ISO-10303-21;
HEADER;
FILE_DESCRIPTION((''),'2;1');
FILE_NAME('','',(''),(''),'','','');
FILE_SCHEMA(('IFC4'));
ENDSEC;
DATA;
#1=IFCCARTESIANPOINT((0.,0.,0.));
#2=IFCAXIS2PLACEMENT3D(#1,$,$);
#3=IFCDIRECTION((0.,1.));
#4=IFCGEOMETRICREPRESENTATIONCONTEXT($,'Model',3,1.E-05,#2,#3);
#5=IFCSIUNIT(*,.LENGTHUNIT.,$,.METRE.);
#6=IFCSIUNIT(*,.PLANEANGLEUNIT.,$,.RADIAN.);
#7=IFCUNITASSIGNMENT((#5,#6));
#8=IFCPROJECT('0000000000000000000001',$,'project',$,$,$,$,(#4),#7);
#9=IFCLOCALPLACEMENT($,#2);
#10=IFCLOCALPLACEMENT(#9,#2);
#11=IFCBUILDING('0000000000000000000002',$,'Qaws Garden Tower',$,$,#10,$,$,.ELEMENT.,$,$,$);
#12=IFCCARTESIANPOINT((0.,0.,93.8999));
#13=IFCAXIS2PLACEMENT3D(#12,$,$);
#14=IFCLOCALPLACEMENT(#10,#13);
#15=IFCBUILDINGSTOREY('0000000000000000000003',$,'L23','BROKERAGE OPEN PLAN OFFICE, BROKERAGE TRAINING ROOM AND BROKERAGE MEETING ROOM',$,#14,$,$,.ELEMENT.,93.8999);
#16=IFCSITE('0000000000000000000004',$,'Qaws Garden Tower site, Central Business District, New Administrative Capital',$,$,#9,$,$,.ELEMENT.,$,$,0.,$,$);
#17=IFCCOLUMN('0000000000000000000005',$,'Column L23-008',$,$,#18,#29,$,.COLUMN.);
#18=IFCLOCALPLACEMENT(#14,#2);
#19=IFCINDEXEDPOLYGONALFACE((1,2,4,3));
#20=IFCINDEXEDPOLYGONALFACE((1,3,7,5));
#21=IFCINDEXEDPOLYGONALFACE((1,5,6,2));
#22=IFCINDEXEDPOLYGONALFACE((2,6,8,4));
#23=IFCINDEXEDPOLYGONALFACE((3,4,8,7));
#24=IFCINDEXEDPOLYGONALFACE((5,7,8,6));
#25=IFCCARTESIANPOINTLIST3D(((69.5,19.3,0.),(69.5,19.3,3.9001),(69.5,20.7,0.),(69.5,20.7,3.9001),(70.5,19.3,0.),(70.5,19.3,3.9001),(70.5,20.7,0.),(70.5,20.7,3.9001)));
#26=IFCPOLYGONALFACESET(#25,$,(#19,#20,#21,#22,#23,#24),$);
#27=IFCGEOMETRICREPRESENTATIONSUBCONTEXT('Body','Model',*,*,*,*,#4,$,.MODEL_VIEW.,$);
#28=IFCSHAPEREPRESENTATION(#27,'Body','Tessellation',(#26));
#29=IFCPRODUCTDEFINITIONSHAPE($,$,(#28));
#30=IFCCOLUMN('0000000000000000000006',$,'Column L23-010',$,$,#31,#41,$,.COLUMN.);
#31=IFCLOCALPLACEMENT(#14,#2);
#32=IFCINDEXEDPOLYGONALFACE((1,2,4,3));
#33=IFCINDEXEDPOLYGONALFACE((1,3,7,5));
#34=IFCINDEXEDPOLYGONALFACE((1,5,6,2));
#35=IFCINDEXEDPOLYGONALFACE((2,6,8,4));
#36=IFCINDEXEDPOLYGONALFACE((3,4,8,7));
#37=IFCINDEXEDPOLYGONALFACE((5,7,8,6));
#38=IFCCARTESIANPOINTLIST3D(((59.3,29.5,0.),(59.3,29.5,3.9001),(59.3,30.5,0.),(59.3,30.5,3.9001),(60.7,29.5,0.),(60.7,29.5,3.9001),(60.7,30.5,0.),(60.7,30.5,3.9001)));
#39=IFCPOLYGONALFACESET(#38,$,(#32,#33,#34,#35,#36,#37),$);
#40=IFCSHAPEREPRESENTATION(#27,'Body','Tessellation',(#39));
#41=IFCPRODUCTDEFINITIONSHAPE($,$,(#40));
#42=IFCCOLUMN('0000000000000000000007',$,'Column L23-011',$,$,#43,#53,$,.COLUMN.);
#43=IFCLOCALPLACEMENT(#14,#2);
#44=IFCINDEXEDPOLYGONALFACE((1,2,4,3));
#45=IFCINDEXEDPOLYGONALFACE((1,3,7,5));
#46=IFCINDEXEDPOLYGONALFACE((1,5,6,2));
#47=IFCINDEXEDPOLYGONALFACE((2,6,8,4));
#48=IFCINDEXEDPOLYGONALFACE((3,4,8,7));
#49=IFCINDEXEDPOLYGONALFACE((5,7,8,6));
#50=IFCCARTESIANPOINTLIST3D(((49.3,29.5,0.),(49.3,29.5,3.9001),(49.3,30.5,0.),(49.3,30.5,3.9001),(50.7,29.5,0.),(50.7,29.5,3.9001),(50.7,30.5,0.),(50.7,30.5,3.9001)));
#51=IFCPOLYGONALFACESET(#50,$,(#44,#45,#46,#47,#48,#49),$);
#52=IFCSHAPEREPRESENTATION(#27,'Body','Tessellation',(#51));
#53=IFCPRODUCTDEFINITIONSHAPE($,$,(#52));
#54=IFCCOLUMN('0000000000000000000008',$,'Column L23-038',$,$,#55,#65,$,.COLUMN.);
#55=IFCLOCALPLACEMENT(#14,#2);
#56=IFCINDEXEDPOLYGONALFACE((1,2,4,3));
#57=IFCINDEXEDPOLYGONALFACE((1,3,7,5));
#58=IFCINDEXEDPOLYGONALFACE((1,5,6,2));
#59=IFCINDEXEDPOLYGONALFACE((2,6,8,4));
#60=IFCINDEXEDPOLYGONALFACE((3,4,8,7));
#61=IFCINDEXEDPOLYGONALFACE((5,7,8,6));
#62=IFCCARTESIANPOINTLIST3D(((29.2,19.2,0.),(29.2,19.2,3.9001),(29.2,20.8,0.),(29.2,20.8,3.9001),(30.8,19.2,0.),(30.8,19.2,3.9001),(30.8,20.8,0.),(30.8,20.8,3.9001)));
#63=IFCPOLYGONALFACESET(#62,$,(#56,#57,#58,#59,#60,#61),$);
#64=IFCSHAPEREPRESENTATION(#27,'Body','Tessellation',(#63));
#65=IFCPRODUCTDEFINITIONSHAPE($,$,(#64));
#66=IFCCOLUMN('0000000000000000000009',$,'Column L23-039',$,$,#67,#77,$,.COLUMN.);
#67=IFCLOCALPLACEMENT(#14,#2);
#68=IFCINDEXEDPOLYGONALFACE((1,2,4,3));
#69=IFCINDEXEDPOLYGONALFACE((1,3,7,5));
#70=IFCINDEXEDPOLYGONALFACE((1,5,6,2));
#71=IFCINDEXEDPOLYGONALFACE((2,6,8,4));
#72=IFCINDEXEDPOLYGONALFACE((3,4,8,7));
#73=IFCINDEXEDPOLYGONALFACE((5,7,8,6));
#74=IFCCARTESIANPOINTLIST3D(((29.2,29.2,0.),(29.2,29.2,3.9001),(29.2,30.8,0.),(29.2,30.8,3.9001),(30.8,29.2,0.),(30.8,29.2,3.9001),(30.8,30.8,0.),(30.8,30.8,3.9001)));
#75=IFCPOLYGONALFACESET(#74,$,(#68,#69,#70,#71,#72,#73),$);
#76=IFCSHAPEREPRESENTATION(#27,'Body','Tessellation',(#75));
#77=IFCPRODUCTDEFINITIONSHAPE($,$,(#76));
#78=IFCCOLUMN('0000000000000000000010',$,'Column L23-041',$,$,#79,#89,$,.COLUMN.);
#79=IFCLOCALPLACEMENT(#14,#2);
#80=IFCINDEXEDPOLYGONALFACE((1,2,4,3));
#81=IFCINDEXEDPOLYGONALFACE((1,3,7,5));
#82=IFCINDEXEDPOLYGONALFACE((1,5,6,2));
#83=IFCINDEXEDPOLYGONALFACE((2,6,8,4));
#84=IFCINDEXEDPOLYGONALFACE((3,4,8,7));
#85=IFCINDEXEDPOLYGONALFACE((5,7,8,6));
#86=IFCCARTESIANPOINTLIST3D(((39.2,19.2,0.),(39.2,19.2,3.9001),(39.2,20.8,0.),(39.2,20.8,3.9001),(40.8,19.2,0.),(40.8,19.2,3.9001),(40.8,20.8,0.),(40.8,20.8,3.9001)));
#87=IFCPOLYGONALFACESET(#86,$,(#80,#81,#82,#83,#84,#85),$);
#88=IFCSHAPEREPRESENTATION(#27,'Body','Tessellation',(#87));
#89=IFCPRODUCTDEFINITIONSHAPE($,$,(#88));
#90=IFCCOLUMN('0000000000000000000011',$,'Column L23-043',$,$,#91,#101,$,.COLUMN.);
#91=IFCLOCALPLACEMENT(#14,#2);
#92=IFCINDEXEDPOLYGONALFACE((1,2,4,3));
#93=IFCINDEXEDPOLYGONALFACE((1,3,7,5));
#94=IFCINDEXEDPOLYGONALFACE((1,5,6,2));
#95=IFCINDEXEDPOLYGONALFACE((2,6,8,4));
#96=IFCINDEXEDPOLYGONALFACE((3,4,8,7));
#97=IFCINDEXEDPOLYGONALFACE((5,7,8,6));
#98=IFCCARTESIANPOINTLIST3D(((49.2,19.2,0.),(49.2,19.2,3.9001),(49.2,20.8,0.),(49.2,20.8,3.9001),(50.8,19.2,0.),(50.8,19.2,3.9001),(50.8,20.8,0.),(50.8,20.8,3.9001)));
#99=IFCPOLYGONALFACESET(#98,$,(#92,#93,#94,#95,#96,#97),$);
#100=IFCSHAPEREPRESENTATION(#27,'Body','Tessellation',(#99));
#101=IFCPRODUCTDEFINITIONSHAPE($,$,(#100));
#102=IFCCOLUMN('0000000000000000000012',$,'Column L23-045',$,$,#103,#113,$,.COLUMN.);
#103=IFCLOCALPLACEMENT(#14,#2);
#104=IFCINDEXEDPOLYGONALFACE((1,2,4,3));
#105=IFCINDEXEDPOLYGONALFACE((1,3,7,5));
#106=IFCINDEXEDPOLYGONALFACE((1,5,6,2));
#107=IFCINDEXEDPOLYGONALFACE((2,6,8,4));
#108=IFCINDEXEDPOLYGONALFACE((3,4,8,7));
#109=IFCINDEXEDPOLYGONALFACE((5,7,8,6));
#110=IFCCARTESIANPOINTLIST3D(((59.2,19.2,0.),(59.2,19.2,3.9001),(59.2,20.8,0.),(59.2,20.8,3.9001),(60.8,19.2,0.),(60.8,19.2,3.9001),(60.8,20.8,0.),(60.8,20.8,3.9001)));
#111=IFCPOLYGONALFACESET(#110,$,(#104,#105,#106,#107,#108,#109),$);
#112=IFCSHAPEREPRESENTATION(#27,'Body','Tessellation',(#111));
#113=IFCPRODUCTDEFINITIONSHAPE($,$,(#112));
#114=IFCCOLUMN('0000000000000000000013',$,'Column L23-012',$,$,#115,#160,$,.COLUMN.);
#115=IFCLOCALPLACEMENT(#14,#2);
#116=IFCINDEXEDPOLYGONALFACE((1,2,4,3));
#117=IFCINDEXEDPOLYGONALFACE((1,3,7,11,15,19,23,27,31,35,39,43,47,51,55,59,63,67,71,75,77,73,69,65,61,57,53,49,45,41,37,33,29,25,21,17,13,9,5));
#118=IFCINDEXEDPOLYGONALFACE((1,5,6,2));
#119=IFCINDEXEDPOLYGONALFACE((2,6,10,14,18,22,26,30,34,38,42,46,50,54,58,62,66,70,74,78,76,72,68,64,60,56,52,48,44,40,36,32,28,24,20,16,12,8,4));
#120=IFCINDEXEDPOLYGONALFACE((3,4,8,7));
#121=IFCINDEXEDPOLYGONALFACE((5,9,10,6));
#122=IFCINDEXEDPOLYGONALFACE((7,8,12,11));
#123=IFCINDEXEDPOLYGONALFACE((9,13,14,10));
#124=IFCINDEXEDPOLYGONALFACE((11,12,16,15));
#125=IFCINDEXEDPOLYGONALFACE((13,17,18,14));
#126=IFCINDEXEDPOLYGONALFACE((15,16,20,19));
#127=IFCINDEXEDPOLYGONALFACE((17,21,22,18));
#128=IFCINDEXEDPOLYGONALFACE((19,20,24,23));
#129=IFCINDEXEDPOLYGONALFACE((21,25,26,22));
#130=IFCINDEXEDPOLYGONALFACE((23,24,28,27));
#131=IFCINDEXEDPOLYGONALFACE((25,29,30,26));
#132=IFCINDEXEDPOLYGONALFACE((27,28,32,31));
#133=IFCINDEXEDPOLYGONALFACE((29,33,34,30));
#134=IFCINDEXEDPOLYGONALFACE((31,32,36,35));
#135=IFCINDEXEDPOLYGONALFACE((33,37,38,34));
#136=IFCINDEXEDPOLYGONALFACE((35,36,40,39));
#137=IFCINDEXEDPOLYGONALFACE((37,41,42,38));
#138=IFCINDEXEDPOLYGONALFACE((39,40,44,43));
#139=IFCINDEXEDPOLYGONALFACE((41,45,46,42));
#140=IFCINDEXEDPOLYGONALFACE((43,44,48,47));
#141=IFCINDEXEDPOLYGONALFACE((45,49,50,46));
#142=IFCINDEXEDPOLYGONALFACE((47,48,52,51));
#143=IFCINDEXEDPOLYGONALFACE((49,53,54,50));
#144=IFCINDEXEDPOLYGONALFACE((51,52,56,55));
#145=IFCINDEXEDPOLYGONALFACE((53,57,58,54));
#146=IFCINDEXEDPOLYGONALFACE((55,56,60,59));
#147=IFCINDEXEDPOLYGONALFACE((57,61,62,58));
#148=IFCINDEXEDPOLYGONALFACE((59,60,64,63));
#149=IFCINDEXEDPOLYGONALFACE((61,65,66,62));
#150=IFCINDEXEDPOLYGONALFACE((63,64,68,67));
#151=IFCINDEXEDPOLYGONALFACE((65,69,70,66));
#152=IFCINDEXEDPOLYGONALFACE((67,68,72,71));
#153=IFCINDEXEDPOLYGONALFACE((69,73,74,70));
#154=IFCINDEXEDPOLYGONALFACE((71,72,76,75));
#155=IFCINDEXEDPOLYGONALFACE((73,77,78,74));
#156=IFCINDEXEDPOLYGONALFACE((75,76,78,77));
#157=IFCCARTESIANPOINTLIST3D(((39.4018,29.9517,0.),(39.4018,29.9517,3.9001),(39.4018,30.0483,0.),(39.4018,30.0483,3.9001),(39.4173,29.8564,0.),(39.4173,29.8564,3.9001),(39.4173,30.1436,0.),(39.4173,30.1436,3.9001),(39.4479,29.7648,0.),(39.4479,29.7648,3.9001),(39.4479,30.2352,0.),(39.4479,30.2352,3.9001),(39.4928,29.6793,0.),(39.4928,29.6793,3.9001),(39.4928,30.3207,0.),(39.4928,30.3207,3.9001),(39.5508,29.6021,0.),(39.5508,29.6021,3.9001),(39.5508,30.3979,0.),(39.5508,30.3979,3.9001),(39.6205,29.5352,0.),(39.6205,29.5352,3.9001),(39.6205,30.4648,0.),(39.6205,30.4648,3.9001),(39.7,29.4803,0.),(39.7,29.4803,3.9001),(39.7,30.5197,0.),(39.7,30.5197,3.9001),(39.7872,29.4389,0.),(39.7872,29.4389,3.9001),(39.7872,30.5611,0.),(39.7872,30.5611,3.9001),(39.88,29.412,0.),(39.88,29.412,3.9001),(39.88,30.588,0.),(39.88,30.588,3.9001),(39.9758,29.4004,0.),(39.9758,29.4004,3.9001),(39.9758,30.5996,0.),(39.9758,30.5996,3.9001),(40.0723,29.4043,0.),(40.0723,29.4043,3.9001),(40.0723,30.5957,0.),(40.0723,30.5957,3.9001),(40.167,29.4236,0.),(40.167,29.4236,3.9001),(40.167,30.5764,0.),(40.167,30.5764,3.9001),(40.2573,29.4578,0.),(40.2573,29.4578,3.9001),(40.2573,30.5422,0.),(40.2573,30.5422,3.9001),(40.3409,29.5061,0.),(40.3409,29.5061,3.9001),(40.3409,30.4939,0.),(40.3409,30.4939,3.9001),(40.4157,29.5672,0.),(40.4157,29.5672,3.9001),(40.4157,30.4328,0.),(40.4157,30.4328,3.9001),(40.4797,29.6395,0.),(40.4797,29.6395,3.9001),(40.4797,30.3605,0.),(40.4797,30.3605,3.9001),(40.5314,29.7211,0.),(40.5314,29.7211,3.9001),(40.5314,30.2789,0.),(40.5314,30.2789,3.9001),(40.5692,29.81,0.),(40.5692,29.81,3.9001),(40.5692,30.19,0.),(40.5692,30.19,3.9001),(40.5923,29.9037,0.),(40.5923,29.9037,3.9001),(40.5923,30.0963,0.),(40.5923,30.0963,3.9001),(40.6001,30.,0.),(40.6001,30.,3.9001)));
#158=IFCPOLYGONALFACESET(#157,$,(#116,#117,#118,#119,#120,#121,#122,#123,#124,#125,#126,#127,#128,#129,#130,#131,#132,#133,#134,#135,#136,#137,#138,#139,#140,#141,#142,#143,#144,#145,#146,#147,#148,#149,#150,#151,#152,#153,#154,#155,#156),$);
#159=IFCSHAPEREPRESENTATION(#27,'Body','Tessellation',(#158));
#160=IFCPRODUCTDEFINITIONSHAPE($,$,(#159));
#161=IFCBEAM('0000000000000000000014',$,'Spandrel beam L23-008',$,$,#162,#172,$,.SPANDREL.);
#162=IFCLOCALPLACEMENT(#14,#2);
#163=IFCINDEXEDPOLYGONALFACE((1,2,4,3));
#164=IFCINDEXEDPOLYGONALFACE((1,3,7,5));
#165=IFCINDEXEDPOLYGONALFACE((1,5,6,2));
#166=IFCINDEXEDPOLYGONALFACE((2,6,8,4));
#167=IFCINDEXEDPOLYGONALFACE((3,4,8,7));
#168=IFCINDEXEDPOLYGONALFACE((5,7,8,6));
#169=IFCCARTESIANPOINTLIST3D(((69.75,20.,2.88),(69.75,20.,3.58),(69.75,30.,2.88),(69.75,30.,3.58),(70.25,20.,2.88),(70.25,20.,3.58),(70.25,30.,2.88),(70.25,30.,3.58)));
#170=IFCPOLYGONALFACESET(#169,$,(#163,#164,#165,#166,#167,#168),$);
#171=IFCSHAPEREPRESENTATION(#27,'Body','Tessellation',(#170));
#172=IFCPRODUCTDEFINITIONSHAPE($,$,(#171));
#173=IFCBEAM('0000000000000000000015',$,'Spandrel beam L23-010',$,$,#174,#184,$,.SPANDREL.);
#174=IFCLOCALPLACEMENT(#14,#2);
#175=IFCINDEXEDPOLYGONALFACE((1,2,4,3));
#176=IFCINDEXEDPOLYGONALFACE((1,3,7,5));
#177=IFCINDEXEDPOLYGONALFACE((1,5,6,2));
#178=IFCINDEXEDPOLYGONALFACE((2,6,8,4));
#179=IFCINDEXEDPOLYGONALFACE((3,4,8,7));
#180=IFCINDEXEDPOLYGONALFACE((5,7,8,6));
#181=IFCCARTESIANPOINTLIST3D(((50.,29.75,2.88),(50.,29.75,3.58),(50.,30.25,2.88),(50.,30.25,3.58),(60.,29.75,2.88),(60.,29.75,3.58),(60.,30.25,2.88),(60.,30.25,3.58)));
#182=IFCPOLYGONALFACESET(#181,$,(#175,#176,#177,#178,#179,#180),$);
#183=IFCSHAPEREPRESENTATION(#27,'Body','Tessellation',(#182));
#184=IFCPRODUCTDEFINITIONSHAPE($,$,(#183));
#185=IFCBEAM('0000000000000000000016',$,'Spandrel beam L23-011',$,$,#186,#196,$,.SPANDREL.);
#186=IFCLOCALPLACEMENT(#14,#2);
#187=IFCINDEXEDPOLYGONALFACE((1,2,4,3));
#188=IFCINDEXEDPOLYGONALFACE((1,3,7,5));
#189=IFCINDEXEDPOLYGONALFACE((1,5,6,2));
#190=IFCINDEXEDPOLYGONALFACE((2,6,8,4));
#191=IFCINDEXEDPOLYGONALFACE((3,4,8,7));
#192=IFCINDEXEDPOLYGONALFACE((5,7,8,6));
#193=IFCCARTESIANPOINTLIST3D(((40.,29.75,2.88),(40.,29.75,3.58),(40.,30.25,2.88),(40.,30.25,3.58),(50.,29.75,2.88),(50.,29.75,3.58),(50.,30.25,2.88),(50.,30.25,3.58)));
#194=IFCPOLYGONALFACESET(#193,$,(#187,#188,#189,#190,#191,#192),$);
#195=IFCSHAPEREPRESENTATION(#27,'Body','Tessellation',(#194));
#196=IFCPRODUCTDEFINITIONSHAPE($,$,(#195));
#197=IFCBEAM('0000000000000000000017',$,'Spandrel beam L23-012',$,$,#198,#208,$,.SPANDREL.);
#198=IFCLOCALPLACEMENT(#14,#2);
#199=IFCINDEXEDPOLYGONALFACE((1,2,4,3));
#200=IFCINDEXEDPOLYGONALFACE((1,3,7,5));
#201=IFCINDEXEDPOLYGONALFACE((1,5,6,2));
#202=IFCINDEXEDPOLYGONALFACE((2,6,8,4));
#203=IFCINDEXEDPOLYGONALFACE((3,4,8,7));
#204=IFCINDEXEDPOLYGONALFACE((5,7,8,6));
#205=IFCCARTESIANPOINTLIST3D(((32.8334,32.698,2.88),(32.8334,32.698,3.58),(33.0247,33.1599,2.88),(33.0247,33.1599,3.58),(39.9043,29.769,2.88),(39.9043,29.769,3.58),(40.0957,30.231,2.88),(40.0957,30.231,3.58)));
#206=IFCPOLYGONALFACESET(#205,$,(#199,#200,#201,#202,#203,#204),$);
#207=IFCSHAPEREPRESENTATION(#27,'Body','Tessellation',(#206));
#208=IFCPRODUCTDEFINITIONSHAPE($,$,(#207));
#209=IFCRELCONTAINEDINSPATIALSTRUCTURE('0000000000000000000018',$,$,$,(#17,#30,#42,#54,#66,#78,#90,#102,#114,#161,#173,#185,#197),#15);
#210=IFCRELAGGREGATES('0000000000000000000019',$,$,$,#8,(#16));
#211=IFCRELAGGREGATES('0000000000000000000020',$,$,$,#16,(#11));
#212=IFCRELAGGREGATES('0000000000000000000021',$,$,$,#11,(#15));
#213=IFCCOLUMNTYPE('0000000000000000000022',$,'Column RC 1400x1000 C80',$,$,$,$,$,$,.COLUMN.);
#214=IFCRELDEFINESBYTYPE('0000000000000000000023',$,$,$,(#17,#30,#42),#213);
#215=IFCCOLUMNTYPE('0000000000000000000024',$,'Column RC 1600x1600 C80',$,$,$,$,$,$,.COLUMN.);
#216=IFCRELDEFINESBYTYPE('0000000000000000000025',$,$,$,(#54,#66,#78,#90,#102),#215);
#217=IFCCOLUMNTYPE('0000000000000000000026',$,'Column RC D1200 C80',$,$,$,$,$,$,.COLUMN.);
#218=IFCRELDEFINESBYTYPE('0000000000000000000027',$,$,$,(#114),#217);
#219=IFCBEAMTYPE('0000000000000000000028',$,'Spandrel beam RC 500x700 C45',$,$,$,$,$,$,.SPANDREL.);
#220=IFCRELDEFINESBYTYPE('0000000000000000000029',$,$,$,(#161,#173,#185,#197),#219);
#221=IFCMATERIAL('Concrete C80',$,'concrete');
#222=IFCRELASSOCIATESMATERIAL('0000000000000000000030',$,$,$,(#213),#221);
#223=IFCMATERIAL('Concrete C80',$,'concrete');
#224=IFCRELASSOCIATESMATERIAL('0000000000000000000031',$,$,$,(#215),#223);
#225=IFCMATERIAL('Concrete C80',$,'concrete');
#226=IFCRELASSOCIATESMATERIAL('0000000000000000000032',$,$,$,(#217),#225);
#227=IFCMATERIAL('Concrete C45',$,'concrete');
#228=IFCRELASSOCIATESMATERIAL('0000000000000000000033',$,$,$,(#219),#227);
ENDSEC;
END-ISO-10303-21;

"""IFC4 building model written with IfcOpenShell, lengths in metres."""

from ifc_helpers import new_model, si_unit, direction, frame, origin, origin_2d, place, context, subcontext, project, spatial, rectangle, circle, extrude, material, material_profile, profile_set, type_object, element, save


model = new_model("IFC4")

# Units and contexts
model_context = context("Model", 3, precision=1e-05, world=origin(), true_north=direction((0.0, 1.0)))
body_context = subcontext(model_context, "Body", "Model", "MODEL_VIEW")
ifc_project = project(units=[si_unit("LENGTHUNIT", "METRE"), si_unit("PLANEANGLEUNIT", "RADIAN")], contexts=[model_context])

# Site, building, storey
site_placement = place(None, origin())
site = spatial("IfcSite", under=ifc_project, at=site_placement, Name="Qaws Garden Tower site, Central Business District, New Administrative Capital", CompositionType="ELEMENT", RefElevation=0.0)
building_placement = place(site_placement, origin())
building = spatial("IfcBuilding", under=site, at=building_placement, Name="Qaws Garden Tower", CompositionType="ELEMENT")
storey_placement = place(building_placement, frame((0.0, 0.0, 93.8999)))
storey = spatial("IfcBuildingStorey", under=building, at=storey_placement, Name="L23", Description="BROKERAGE OPEN PLAN OFFICE, BROKERAGE TRAINING ROOM AND BROKERAGE MEETING ROOM", CompositionType="ELEMENT", Elevation=93.8999)

# Columns
ifc_material_1 = material(Name="Concrete C80", Category="concrete")
ifc_material_profile_1 = material_profile(ifc_material_1, rectangle(XDim=1.3999, YDim=1.0, at=origin_2d()), Name="RC 1400x1000")
ifc_profile_set_1 = profile_set([ifc_material_profile_1], Name="Concrete C80")
column_type_1 = type_object("IfcColumnType", Name="Column RC 1400x1000 C80", PredefinedType="COLUMN", material=ifc_profile_set_1)
for number, where, z_axis, x_axis, name in (
    (1, (70.0, 20.0, 0.0), (0.0, 0.0, 1.0), (0.0, 1.0, 0.0), "Column L23-008"),
    (2, (60.0, 30.0, 0.0), (0.0, 0.0, 1.0), (1.0, 0.0, 0.0), "Column L23-010"),
    (3, (50.0, 30.0, 0.0), (0.0, 0.0, 1.0), (1.0, 0.0, 0.0), "Column L23-011"),
):
    element("IfcColumn", number, at=place(storey_placement, frame(where, z_axis=z_axis, x_axis=x_axis)), inside=storey, type_object=column_type_1, Name=name, PredefinedType="COLUMN", context=body_context, shape_type="SweptSolid", body=[
        extrude(rectangle(XDim=1.3999, YDim=1.0, at=origin_2d()), origin(), (0.0, 0.0, 1.0), 3.9001),
    ])
ifc_material_2 = material(Name="Concrete C80", Category="concrete")
ifc_material_profile_2 = material_profile(ifc_material_2, rectangle(XDim=1.6001, YDim=1.6001, at=origin_2d()), Name="RC 1600x1600")
ifc_profile_set_2 = profile_set([ifc_material_profile_2], Name="Concrete C80")
column_type_2 = type_object("IfcColumnType", Name="Column RC 1600x1600 C80", PredefinedType="COLUMN", material=ifc_profile_set_2)
for number, where, z_axis, x_axis, name in (
    (4, (30.0, 20.0, 0.0), (0.0, 0.0, 1.0), (1.0, 0.0, 0.0), "Column L23-038"),
    (5, (30.0, 30.0, 0.0), (0.0, 0.0, 1.0), (1.0, 0.0, 0.0), "Column L23-039"),
    (6, (40.0, 20.0, 0.0), (0.0, 0.0, 1.0), (1.0, 0.0, 0.0), "Column L23-041"),
    (7, (50.0, 20.0, 0.0), (0.0, 0.0, 1.0), (1.0, 0.0, 0.0), "Column L23-043"),
    (8, (60.0, 20.0, 0.0), (0.0, 0.0, 1.0), (1.0, 0.0, 0.0), "Column L23-045"),
):
    element("IfcColumn", number, at=place(storey_placement, frame(where, z_axis=z_axis, x_axis=x_axis)), inside=storey, type_object=column_type_2, Name=name, PredefinedType="COLUMN", context=body_context, shape_type="SweptSolid", body=[
        extrude(rectangle(XDim=1.6001, YDim=1.6001, at=origin_2d()), origin(), (0.0, 0.0, 1.0), 3.9001),
    ])
ifc_material_3 = material(Name="Concrete C80", Category="concrete")
ifc_material_profile_3 = material_profile(ifc_material_3, circle(Radius=0.6001, at=origin_2d()), Name="RC D1200")
ifc_profile_set_3 = profile_set([ifc_material_profile_3], Name="Concrete C80")
column_type_3 = type_object("IfcColumnType", Name="Column RC D1200 C80", PredefinedType="COLUMN", material=ifc_profile_set_3)
column_placement = place(storey_placement, frame((40.0, 30.0, 0.0), z_axis=(0.0, 0.0, 1.0), x_axis=(1.0, 0.0, 0.0)))
element("IfcColumn", 9, at=column_placement, inside=storey, type_object=column_type_3, Name="Column L23-012", PredefinedType="COLUMN", context=body_context, shape_type="SweptSolid", body=[
    extrude(circle(Radius=0.6001, at=origin_2d()), origin(), (0.0, 0.0, 1.0), 3.9001),
])

# Beams
ifc_material_4 = material(Name="Concrete C45", Category="concrete")
ifc_material_profile_4 = material_profile(ifc_material_4, rectangle(XDim=0.5, YDim=0.7, at=origin_2d()), Name="RC 500x700")
ifc_profile_set_4 = profile_set([ifc_material_profile_4], Name="Concrete C45")
beam_type = type_object("IfcBeamType", Name="Spandrel beam RC 500x700 C45", PredefinedType="SPANDREL", material=ifc_profile_set_4)
for number, where, z_axis, x_axis, name in (
    (10, (70.0, 20.0, 3.23), (0.0, 1.0, 0.0), (-1.0, 0.0, 0.0), "Spandrel beam L23-008"),
    (11, (60.0, 30.0, 3.23), (-1.0, 0.0, 0.0), (0.0, -1.0, 0.0), "Spandrel beam L23-010"),
    (12, (50.0, 30.0, 3.23), (-1.0, 0.0, 0.0), (0.0, -1.0, 0.0), "Spandrel beam L23-011"),
):
    element("IfcBeam", number, at=place(storey_placement, frame(where, z_axis=z_axis, x_axis=x_axis)), inside=storey, type_object=beam_type, Name=name, PredefinedType="SPANDREL", context=body_context, shape_type="SweptSolid", body=[
        extrude(rectangle(XDim=0.5, YDim=0.7, at=origin_2d()), origin(), (0.0, 0.0, 1.0), 10.0),
    ])
beam_placement = place(storey_placement, frame((40.0, 30.0, 3.23), z_axis=(-0.923878, 0.382687, 0.0), x_axis=(-0.382687, -0.923878, 0.0)))
element("IfcBeam", 13, at=beam_placement, inside=storey, type_object=beam_type, Name="Spandrel beam L23-012", PredefinedType="SPANDREL", context=body_context, shape_type="SweptSolid", body=[
    extrude(rectangle(XDim=0.5, YDim=0.7, at=origin_2d()), origin(), (0.0, 0.0, 1.0), 7.6536),
])

save(model, "model.ifc")
